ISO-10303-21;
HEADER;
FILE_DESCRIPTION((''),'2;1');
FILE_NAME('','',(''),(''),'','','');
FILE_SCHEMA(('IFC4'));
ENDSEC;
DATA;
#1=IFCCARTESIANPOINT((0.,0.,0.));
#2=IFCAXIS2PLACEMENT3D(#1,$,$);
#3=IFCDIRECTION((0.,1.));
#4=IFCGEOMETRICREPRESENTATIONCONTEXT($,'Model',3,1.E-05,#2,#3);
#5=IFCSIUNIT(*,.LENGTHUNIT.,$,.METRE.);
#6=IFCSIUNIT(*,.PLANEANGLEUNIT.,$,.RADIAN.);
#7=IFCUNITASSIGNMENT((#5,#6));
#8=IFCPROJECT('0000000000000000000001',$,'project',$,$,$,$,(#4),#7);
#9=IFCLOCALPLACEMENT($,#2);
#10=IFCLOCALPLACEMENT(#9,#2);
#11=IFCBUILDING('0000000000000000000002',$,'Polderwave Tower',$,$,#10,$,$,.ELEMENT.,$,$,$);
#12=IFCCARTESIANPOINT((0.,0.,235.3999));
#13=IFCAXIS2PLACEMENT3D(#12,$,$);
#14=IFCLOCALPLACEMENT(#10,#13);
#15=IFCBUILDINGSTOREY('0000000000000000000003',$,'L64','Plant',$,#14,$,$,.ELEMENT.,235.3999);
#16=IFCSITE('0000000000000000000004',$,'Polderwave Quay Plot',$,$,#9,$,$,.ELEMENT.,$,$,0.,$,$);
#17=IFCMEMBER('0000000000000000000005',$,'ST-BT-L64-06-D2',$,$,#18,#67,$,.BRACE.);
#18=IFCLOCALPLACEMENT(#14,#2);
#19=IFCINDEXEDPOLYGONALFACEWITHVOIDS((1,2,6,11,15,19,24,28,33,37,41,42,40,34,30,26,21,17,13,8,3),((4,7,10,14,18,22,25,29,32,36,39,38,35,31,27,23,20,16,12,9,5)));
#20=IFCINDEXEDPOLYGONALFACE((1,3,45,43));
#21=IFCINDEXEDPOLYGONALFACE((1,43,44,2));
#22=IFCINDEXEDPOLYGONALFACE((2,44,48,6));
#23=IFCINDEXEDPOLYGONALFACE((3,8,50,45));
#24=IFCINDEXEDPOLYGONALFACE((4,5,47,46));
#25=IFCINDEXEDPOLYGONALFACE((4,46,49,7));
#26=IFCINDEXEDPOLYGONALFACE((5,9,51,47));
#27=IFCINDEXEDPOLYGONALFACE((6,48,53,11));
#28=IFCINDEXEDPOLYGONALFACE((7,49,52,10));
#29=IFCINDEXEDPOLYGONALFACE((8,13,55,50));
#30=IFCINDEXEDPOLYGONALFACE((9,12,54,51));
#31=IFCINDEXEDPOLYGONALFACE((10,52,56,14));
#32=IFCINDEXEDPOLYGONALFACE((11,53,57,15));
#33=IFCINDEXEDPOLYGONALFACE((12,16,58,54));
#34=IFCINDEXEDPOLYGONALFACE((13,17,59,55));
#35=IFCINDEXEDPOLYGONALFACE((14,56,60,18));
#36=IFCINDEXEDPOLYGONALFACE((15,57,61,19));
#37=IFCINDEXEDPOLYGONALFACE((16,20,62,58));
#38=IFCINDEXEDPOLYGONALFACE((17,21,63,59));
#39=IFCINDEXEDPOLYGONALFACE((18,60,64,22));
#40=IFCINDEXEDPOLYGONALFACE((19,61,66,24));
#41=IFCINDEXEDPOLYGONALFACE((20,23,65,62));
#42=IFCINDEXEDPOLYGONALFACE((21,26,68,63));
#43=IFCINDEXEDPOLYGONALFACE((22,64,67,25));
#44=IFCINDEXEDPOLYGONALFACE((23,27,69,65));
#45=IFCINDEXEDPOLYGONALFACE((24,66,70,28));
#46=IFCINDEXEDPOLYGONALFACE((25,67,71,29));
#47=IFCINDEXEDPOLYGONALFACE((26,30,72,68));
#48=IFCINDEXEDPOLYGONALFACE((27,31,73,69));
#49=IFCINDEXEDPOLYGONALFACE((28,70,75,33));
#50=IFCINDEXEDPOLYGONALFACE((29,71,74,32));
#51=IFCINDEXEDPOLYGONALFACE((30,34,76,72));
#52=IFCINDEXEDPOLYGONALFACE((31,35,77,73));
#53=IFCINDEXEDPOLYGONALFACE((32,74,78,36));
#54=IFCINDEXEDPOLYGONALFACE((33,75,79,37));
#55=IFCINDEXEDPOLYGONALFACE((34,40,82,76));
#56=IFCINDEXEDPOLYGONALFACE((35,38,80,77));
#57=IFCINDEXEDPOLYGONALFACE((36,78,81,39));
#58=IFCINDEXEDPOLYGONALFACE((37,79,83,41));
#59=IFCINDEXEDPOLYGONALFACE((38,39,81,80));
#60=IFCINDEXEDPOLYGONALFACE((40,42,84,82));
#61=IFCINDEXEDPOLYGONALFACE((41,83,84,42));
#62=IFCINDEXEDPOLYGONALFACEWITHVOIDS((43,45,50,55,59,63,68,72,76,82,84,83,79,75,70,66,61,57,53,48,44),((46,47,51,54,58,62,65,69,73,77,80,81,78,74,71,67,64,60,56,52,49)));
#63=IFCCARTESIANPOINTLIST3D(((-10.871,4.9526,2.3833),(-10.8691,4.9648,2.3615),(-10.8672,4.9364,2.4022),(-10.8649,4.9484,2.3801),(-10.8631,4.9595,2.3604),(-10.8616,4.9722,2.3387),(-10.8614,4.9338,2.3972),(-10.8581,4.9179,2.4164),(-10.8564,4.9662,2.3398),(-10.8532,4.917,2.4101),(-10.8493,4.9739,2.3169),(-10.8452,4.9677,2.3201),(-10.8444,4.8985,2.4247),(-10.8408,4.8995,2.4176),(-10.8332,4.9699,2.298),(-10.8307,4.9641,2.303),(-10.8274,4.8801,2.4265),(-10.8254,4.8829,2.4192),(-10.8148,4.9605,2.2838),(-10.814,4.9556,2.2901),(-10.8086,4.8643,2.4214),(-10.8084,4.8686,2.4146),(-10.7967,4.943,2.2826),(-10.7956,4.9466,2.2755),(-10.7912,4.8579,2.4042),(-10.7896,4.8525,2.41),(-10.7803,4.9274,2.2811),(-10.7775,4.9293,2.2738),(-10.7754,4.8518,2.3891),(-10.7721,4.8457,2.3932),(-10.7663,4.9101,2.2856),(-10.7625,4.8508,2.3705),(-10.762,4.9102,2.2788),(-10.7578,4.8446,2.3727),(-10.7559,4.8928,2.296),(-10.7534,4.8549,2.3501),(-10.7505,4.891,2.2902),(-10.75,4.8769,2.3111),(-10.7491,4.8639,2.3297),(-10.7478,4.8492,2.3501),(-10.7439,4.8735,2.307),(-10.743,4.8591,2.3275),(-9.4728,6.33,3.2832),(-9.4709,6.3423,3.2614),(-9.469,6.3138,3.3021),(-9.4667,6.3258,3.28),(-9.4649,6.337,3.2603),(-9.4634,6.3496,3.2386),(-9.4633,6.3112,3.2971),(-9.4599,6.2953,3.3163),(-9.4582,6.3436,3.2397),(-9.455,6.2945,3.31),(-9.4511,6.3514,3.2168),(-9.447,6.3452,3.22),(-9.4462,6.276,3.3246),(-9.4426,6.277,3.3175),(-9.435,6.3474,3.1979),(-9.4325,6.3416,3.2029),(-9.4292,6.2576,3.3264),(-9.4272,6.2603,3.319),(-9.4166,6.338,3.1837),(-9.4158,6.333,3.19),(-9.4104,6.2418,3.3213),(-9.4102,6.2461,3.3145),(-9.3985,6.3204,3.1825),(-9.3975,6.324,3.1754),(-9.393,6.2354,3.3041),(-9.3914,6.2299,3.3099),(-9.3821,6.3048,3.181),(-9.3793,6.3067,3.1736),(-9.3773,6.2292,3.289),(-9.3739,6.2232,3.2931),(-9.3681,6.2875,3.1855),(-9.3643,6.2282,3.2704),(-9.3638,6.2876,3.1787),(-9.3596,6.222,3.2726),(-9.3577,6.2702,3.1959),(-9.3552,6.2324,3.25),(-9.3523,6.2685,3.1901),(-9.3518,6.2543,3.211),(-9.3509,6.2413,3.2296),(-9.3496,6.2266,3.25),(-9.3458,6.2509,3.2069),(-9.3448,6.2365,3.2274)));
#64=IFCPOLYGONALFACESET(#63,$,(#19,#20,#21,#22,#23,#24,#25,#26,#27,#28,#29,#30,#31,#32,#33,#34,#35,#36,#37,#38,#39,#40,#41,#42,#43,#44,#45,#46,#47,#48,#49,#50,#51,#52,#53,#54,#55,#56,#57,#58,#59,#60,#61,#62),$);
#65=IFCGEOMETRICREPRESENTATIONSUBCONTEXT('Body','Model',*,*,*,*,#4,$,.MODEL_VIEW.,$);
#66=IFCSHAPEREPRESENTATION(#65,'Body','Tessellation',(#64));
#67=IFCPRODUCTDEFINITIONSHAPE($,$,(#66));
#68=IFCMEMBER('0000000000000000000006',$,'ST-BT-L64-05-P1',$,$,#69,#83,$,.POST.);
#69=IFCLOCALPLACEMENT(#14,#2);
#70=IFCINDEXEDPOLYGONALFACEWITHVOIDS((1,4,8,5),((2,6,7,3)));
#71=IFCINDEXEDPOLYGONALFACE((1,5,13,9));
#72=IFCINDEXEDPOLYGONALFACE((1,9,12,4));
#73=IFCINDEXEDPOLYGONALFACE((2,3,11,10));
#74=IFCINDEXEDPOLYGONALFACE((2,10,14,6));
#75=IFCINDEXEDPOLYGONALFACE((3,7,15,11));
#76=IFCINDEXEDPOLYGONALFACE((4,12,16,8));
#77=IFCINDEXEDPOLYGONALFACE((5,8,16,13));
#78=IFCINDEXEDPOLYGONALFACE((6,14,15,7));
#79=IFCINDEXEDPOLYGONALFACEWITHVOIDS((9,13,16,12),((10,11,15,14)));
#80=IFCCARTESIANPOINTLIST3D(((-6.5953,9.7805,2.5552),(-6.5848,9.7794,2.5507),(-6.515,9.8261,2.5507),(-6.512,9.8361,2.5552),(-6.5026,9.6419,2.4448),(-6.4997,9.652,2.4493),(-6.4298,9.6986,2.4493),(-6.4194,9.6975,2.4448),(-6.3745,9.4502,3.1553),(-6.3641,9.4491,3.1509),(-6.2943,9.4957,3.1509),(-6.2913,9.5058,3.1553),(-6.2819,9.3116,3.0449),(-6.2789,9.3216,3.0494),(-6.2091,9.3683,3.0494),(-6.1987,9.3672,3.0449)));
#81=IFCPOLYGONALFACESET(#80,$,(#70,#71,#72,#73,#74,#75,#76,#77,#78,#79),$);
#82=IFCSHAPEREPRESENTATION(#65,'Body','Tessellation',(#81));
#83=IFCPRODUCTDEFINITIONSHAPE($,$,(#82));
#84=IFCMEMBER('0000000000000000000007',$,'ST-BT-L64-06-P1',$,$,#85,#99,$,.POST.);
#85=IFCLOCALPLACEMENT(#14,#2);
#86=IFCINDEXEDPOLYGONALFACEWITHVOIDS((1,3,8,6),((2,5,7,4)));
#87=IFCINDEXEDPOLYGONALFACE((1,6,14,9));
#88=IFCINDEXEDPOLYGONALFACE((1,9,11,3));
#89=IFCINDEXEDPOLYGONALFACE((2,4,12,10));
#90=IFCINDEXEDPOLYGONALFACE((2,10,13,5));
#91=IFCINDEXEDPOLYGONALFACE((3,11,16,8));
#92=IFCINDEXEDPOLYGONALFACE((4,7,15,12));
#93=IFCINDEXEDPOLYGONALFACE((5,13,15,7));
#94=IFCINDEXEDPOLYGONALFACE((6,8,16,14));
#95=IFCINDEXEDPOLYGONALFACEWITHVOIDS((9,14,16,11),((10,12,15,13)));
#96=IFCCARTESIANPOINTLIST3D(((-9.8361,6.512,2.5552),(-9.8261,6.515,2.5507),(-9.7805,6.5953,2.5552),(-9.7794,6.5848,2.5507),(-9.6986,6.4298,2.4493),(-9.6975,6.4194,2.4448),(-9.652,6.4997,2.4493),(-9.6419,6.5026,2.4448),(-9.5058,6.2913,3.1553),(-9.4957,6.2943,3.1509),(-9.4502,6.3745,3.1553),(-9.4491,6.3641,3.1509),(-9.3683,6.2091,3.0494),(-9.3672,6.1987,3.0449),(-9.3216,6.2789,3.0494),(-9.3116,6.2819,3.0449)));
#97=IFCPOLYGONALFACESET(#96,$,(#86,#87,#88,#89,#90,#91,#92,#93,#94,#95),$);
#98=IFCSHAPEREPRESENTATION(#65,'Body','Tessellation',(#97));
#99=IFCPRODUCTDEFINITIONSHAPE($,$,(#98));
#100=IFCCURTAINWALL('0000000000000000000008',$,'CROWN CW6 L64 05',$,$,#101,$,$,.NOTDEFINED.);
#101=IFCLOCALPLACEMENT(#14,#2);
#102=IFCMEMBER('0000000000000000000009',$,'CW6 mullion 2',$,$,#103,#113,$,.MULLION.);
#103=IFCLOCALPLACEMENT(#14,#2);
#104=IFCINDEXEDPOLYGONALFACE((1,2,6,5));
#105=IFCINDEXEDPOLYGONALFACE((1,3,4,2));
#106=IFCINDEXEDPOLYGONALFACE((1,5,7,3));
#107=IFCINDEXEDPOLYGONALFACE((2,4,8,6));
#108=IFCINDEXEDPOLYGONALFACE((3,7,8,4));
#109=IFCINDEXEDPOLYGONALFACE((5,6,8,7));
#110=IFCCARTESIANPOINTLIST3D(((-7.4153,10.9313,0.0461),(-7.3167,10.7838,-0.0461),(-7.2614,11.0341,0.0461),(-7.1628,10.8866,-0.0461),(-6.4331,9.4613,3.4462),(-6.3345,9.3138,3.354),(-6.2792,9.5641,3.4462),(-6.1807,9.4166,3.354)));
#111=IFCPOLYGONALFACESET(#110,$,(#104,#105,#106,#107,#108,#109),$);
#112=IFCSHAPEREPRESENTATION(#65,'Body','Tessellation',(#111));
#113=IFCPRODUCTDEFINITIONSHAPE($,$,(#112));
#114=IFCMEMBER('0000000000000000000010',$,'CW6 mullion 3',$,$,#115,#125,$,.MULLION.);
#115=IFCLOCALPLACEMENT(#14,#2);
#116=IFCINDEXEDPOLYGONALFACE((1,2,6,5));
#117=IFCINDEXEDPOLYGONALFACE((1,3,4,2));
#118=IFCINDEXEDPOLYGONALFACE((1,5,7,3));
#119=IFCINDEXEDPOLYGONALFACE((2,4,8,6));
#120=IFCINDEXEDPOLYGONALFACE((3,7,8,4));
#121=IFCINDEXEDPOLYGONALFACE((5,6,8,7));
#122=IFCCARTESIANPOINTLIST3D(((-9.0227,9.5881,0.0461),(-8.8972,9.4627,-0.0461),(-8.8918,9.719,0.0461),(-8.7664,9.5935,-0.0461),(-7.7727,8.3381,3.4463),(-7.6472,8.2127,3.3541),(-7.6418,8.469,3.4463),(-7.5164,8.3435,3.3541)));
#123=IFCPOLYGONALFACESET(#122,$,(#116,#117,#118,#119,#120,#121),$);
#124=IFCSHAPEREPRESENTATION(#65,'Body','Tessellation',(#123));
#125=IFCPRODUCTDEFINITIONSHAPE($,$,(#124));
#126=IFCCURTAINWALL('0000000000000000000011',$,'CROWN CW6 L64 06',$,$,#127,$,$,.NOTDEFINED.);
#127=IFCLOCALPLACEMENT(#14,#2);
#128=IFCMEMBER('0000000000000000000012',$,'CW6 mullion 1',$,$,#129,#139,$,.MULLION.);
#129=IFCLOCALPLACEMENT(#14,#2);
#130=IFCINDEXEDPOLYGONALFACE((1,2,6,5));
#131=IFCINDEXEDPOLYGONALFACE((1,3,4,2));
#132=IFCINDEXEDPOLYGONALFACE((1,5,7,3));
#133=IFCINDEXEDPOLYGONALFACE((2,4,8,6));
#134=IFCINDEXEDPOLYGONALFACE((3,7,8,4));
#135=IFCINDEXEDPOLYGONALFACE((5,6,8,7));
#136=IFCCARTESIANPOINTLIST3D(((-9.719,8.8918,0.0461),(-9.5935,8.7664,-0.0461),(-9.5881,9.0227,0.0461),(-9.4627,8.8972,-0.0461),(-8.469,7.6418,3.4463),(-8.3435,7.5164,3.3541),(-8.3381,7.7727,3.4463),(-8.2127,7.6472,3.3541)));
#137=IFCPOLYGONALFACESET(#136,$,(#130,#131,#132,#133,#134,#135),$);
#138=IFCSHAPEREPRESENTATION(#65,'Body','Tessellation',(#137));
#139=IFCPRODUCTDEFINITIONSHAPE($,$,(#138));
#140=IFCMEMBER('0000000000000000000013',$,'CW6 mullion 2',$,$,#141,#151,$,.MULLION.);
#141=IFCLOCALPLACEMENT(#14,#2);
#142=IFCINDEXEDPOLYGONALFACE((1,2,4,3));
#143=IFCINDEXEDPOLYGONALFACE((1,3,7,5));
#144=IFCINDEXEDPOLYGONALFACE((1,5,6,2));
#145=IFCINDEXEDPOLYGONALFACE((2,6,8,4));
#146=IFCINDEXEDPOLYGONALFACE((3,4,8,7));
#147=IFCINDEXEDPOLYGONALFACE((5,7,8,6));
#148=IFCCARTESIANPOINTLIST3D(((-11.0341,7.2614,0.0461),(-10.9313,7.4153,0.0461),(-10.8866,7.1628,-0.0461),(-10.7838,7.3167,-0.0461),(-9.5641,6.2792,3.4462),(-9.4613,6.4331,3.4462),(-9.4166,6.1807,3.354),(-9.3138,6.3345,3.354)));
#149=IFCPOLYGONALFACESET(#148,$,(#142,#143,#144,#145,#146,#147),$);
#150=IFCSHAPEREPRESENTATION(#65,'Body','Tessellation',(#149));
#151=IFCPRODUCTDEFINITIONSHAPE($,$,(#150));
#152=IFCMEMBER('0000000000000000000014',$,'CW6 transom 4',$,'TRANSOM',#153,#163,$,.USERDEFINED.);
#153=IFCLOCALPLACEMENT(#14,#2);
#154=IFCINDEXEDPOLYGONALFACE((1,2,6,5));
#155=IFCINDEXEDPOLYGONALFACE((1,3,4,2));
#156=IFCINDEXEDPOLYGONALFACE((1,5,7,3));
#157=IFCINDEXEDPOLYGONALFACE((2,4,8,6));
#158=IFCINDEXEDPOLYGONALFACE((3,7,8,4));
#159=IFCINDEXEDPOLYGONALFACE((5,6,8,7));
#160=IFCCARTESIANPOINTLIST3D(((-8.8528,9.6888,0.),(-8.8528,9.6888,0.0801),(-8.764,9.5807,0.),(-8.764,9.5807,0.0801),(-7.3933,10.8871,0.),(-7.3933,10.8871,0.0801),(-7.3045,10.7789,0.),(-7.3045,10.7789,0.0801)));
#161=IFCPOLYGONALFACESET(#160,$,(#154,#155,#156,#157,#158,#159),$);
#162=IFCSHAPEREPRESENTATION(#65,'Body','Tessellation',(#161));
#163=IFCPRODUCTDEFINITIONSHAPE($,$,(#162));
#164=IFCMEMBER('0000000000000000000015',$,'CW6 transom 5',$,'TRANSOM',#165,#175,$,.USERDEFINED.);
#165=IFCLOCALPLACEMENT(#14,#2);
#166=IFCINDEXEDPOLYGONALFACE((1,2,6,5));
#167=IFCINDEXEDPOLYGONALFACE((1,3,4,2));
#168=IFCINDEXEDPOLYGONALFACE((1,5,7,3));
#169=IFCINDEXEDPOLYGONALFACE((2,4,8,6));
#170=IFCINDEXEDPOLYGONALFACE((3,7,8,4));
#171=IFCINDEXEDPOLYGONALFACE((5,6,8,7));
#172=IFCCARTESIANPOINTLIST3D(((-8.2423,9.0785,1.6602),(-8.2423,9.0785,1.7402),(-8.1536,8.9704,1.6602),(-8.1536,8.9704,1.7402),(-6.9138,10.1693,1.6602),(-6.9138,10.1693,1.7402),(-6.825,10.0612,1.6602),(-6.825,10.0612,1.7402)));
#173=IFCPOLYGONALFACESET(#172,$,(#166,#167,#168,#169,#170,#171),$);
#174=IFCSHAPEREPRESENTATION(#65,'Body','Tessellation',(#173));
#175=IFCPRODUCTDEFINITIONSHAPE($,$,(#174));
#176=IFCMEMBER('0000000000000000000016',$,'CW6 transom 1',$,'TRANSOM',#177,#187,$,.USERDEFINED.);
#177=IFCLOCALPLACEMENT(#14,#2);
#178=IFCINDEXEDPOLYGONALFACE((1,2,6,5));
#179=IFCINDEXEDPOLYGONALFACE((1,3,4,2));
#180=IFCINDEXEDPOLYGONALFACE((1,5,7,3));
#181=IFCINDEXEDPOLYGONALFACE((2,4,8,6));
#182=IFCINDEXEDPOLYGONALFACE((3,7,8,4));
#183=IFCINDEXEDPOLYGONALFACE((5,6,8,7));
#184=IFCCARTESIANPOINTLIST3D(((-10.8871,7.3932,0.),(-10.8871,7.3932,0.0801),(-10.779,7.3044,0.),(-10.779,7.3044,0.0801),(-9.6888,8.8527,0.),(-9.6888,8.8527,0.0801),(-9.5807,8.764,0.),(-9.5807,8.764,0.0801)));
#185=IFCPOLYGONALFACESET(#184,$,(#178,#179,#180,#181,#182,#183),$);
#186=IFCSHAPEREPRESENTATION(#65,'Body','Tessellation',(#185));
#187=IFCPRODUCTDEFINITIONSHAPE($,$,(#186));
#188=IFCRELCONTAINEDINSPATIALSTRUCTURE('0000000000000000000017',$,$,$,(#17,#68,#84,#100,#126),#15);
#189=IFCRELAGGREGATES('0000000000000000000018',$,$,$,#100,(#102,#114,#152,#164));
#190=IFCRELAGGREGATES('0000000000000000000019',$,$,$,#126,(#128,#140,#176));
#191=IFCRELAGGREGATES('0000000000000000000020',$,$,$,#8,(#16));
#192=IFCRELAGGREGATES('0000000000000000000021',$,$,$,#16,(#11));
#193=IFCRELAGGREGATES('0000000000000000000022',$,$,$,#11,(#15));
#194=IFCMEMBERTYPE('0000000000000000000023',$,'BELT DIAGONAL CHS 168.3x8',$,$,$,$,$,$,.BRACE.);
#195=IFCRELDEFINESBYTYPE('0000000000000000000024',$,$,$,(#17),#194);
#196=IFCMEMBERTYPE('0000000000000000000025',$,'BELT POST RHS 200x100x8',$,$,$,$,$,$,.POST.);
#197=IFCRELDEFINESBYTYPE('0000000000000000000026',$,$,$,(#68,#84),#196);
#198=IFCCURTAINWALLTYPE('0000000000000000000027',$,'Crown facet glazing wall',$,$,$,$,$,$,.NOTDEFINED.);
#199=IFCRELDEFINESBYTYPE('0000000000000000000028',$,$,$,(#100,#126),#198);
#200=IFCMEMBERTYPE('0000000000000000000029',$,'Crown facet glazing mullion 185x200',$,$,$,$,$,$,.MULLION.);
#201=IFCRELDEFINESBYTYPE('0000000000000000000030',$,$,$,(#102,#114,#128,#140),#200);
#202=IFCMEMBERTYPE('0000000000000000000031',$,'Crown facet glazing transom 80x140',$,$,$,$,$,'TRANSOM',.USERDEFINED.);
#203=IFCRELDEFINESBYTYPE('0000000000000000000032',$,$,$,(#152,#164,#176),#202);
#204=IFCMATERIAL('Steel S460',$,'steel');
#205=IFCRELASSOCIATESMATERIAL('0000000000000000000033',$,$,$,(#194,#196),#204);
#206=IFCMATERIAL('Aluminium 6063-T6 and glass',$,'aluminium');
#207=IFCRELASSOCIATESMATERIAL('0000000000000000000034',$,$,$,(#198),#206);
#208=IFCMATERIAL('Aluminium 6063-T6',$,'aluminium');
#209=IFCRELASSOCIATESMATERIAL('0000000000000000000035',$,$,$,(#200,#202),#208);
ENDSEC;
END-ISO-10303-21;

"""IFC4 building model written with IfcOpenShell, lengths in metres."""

from ifc_helpers import new_model, si_unit, direction, frame, origin, origin_2d, place, context, subcontext, project, spatial, rectangle, hollow_rectangle, hollow_circle, extrude, material, material_profile, profile_set, type_object, element, aggregate, save


model = new_model("IFC4")

# Units and contexts
model_context = context("Model", 3, precision=1e-05, world=origin(), true_north=direction((0.0, 1.0)))
body_context = subcontext(model_context, "Body", "Model", "MODEL_VIEW")
ifc_project = project(units=[si_unit("LENGTHUNIT", "METRE"), si_unit("PLANEANGLEUNIT", "RADIAN")], contexts=[model_context])

# Site, building, storey
site_placement = place(None, origin())
site = spatial("IfcSite", under=ifc_project, at=site_placement, Name="Polderwave Quay Plot", CompositionType="ELEMENT", RefElevation=0.0)
building_placement = place(site_placement, origin())
building = spatial("IfcBuilding", under=site, at=building_placement, Name="Polderwave Tower", CompositionType="ELEMENT")
storey_placement = place(building_placement, frame((0.0, 0.0, 235.3999)))
storey = spatial("IfcBuildingStorey", under=building, at=storey_placement, Name="L64", Description="Plant", CompositionType="ELEMENT", Elevation=235.3999)

# Members
ifc_material_1 = material(Name="Steel S460", Category="steel")
ifc_material_profile_1 = material_profile(ifc_material_1, hollow_circle(Radius=0.0842, WallThickness=0.0081, at=origin_2d()), Name="CHS 168.3x8")
ifc_profile_set_1 = profile_set([ifc_material_profile_1], Name="Steel S460")
member_type_1 = type_object("IfcMemberType", Name="BELT DIAGONAL CHS 168.3x8", PredefinedType="BRACE", material=ifc_profile_set_1)
for number, where, z_axis, x_axis, name in (
    (1, (-9.4087, 6.2866, 3.25), (-0.647554, -0.637943, -0.416777), (0.701801, -0.712374, 0.0), "ST-BT-L64-06-D2"),
):
    element("IfcMember", number, at=place(storey_placement, frame(where, z_axis=z_axis, x_axis=x_axis)), inside=storey, type_object=member_type_1, Name=name, PredefinedType="BRACE", context=body_context, shape_type="SweptSolid", body=[
        extrude(hollow_circle(Radius=0.0842, WallThickness=0.0081, at=origin_2d()), origin(), (0.0, 0.0, 1.0), 2.1592),
    ])
ifc_material_profile_2 = material_profile(ifc_material_1, hollow_rectangle(XDim=0.1001, YDim=0.2, WallThickness=0.0081, at=origin_2d()), Name="RHS 200x100x8")
ifc_profile_set_2 = profile_set([ifc_material_profile_2], Name="Steel S460")
member_type_2 = type_object("IfcMemberType", Name="BELT POST RHS 200x100x8", PredefinedType="POST", material=ifc_profile_set_2)
for number, where, z_axis, x_axis, name in (
    (2, (-6.5073, 9.739, 2.5), (0.306668, -0.458985, 0.833839), (0.831483, 0.555551, 0.0), "ST-BT-L64-05-P1"),
    (3, (-9.739, 6.5073, 2.5), (0.458985, -0.306668, 0.833839), (0.555551, 0.831483, 0.0), "ST-BT-L64-06-P1"),
):
    element("IfcMember", number, at=place(storey_placement, frame(where, z_axis=z_axis, x_axis=x_axis)), inside=storey, type_object=member_type_2, Name=name, PredefinedType="POST", context=body_context, shape_type="SweptSolid", body=[
        extrude(hollow_rectangle(XDim=0.1001, YDim=0.2, WallThickness=0.0081, at=origin_2d()), origin(), (0.0, 0.0, 1.0), 0.7197),
    ])

# Curtain walls, members
ifc_material_2 = material(Name="Aluminium 6063-T6 and glass", Category="aluminium")
curtain_wall_type = type_object("IfcCurtainWallType", Name="Crown facet glazing wall", PredefinedType="NOTDEFINED", material=ifc_material_2)
curtain_wall_1_placement = place(storey_placement, origin())
curtain_wall_1 = element("IfcCurtainWall", 4, at=curtain_wall_1_placement, inside=storey, type_object=curtain_wall_type, Name="CROWN CW6 L64 05", PredefinedType="NOTDEFINED")
ifc_material_3 = material(Name="Aluminium 6063-T6", Category="aluminium")
ifc_material_profile_3 = material_profile(ifc_material_3, rectangle(XDim=0.1851, YDim=0.2, at=origin_2d()), Name="AL 185x200")
ifc_profile_set_3 = profile_set([ifc_material_profile_3], Name="Aluminium 6063-T6")
member_type_3 = type_object("IfcMemberType", Name="Crown facet glazing mullion 185x200", PredefinedType="MULLION", material=ifc_profile_set_3)
member_1_placement = place(storey_placement, frame((-7.2891, 10.9089, 0.0), z_axis=(0.25629, -0.383575, 0.887235), x_axis=(0.831476, 0.55556, 0.0)))
member_1 = element("IfcMember", 5, at=member_1_placement, type_object=member_type_3, Name="CW6 mullion 2", PredefinedType="MULLION", context=body_context, shape_type="SweptSolid", body=[
    extrude(rectangle(XDim=0.1851, YDim=0.2, at=origin_2d()), origin(), (0.0, 0.0, 1.0), 3.8323),
])
member_2_placement = place(storey_placement, frame((-8.8945, 9.5908, 0.0), z_axis=(0.326181, -0.326181, 0.88725), x_axis=(0.707107, 0.707107, 0.0)))
member_2 = element("IfcMember", 6, at=member_2_placement, type_object=member_type_3, Name="CW6 mullion 3", PredefinedType="MULLION", context=body_context, shape_type="SweptSolid", body=[
    extrude(rectangle(XDim=0.1851, YDim=0.2, at=origin_2d()), origin(), (0.0, 0.0, 1.0), 3.8323),
])
curtain_wall_2_placement = place(storey_placement, origin())
curtain_wall_2 = element("IfcCurtainWall", 7, at=curtain_wall_2_placement, inside=storey, type_object=curtain_wall_type, Name="CROWN CW6 L64 06", PredefinedType="NOTDEFINED")
member_3_placement = place(storey_placement, frame((-9.5908, 8.8945, 0.0), z_axis=(0.326181, -0.326181, 0.88725), x_axis=(0.707107, 0.707107, 0.0)))
member_3 = element("IfcMember", 8, at=member_3_placement, type_object=member_type_3, Name="CW6 mullion 1", PredefinedType="MULLION", context=body_context, shape_type="SweptSolid", body=[
    extrude(rectangle(XDim=0.1851, YDim=0.2, at=origin_2d()), origin(), (0.0, 0.0, 1.0), 3.8323),
])
member_4_placement = place(storey_placement, frame((-10.9089, 7.2891, 0.0), z_axis=(0.383575, -0.25629, 0.887235), x_axis=(0.55556, 0.831476, 0.0)))
member_4 = element("IfcMember", 9, at=member_4_placement, type_object=member_type_3, Name="CW6 mullion 2", PredefinedType="MULLION", context=body_context, shape_type="SweptSolid", body=[
    extrude(rectangle(XDim=0.1851, YDim=0.2, at=origin_2d()), origin(), (0.0, 0.0, 1.0), 3.8323),
])

# Members
ifc_material_profile_4 = material_profile(ifc_material_3, rectangle(XDim=0.1399, YDim=0.0801, at=origin_2d()), Name="AL 80x140")
ifc_profile_set_4 = profile_set([ifc_material_profile_4], Name="Aluminium 6063-T6")
member_type_4 = type_object("IfcMemberType", Name="Crown facet glazing transom 80x140", ElementType="TRANSOM", PredefinedType="USERDEFINED", material=ifc_profile_set_4)
member_5_placement = place(storey_placement, frame((-7.3489, 10.833, 0.04), z_axis=(-0.772885, -0.634546, 0.0), x_axis=(0.634546, -0.772885, 0.0)))
member_5 = element("IfcMember", 10, at=member_5_placement, type_object=member_type_4, Name="CW6 transom 4", ObjectType="TRANSOM", PredefinedType="USERDEFINED", context=body_context, shape_type="SweptSolid", body=[
    extrude(rectangle(XDim=0.1399, YDim=0.0801, at=origin_2d()), origin(), (0.0, 0.0, 1.0), 1.8884),
])
member_6_placement = place(storey_placement, frame((-6.8694, 10.1152, 1.7002), z_axis=(-0.77288, -0.634552, 0.0), x_axis=(0.634552, -0.77288, 0.0)))
member_6 = element("IfcMember", 11, at=member_6_placement, type_object=member_type_4, Name="CW6 transom 5", ObjectType="TRANSOM", PredefinedType="USERDEFINED", context=body_context, shape_type="SweptSolid", body=[
    extrude(rectangle(XDim=0.1399, YDim=0.0801, at=origin_2d()), origin(), (0.0, 0.0, 1.0), 1.719),
])
member_7_placement = place(storey_placement, frame((-9.6348, 8.8083, 0.04), z_axis=(-0.634546, -0.772885, 0.0), x_axis=(0.772885, -0.634546, 0.0)))
member_7 = element("IfcMember", 12, at=member_7_placement, type_object=member_type_4, Name="CW6 transom 1", ObjectType="TRANSOM", PredefinedType="USERDEFINED", context=body_context, shape_type="SweptSolid", body=[
    extrude(rectangle(XDim=0.1399, YDim=0.0801, at=origin_2d()), origin(), (0.0, 0.0, 1.0), 1.8884),
])

aggregate(curtain_wall_1, [member_1, member_2, member_5, member_6])
aggregate(curtain_wall_2, [member_3, member_4, member_7])

save(model, "model.ifc")
